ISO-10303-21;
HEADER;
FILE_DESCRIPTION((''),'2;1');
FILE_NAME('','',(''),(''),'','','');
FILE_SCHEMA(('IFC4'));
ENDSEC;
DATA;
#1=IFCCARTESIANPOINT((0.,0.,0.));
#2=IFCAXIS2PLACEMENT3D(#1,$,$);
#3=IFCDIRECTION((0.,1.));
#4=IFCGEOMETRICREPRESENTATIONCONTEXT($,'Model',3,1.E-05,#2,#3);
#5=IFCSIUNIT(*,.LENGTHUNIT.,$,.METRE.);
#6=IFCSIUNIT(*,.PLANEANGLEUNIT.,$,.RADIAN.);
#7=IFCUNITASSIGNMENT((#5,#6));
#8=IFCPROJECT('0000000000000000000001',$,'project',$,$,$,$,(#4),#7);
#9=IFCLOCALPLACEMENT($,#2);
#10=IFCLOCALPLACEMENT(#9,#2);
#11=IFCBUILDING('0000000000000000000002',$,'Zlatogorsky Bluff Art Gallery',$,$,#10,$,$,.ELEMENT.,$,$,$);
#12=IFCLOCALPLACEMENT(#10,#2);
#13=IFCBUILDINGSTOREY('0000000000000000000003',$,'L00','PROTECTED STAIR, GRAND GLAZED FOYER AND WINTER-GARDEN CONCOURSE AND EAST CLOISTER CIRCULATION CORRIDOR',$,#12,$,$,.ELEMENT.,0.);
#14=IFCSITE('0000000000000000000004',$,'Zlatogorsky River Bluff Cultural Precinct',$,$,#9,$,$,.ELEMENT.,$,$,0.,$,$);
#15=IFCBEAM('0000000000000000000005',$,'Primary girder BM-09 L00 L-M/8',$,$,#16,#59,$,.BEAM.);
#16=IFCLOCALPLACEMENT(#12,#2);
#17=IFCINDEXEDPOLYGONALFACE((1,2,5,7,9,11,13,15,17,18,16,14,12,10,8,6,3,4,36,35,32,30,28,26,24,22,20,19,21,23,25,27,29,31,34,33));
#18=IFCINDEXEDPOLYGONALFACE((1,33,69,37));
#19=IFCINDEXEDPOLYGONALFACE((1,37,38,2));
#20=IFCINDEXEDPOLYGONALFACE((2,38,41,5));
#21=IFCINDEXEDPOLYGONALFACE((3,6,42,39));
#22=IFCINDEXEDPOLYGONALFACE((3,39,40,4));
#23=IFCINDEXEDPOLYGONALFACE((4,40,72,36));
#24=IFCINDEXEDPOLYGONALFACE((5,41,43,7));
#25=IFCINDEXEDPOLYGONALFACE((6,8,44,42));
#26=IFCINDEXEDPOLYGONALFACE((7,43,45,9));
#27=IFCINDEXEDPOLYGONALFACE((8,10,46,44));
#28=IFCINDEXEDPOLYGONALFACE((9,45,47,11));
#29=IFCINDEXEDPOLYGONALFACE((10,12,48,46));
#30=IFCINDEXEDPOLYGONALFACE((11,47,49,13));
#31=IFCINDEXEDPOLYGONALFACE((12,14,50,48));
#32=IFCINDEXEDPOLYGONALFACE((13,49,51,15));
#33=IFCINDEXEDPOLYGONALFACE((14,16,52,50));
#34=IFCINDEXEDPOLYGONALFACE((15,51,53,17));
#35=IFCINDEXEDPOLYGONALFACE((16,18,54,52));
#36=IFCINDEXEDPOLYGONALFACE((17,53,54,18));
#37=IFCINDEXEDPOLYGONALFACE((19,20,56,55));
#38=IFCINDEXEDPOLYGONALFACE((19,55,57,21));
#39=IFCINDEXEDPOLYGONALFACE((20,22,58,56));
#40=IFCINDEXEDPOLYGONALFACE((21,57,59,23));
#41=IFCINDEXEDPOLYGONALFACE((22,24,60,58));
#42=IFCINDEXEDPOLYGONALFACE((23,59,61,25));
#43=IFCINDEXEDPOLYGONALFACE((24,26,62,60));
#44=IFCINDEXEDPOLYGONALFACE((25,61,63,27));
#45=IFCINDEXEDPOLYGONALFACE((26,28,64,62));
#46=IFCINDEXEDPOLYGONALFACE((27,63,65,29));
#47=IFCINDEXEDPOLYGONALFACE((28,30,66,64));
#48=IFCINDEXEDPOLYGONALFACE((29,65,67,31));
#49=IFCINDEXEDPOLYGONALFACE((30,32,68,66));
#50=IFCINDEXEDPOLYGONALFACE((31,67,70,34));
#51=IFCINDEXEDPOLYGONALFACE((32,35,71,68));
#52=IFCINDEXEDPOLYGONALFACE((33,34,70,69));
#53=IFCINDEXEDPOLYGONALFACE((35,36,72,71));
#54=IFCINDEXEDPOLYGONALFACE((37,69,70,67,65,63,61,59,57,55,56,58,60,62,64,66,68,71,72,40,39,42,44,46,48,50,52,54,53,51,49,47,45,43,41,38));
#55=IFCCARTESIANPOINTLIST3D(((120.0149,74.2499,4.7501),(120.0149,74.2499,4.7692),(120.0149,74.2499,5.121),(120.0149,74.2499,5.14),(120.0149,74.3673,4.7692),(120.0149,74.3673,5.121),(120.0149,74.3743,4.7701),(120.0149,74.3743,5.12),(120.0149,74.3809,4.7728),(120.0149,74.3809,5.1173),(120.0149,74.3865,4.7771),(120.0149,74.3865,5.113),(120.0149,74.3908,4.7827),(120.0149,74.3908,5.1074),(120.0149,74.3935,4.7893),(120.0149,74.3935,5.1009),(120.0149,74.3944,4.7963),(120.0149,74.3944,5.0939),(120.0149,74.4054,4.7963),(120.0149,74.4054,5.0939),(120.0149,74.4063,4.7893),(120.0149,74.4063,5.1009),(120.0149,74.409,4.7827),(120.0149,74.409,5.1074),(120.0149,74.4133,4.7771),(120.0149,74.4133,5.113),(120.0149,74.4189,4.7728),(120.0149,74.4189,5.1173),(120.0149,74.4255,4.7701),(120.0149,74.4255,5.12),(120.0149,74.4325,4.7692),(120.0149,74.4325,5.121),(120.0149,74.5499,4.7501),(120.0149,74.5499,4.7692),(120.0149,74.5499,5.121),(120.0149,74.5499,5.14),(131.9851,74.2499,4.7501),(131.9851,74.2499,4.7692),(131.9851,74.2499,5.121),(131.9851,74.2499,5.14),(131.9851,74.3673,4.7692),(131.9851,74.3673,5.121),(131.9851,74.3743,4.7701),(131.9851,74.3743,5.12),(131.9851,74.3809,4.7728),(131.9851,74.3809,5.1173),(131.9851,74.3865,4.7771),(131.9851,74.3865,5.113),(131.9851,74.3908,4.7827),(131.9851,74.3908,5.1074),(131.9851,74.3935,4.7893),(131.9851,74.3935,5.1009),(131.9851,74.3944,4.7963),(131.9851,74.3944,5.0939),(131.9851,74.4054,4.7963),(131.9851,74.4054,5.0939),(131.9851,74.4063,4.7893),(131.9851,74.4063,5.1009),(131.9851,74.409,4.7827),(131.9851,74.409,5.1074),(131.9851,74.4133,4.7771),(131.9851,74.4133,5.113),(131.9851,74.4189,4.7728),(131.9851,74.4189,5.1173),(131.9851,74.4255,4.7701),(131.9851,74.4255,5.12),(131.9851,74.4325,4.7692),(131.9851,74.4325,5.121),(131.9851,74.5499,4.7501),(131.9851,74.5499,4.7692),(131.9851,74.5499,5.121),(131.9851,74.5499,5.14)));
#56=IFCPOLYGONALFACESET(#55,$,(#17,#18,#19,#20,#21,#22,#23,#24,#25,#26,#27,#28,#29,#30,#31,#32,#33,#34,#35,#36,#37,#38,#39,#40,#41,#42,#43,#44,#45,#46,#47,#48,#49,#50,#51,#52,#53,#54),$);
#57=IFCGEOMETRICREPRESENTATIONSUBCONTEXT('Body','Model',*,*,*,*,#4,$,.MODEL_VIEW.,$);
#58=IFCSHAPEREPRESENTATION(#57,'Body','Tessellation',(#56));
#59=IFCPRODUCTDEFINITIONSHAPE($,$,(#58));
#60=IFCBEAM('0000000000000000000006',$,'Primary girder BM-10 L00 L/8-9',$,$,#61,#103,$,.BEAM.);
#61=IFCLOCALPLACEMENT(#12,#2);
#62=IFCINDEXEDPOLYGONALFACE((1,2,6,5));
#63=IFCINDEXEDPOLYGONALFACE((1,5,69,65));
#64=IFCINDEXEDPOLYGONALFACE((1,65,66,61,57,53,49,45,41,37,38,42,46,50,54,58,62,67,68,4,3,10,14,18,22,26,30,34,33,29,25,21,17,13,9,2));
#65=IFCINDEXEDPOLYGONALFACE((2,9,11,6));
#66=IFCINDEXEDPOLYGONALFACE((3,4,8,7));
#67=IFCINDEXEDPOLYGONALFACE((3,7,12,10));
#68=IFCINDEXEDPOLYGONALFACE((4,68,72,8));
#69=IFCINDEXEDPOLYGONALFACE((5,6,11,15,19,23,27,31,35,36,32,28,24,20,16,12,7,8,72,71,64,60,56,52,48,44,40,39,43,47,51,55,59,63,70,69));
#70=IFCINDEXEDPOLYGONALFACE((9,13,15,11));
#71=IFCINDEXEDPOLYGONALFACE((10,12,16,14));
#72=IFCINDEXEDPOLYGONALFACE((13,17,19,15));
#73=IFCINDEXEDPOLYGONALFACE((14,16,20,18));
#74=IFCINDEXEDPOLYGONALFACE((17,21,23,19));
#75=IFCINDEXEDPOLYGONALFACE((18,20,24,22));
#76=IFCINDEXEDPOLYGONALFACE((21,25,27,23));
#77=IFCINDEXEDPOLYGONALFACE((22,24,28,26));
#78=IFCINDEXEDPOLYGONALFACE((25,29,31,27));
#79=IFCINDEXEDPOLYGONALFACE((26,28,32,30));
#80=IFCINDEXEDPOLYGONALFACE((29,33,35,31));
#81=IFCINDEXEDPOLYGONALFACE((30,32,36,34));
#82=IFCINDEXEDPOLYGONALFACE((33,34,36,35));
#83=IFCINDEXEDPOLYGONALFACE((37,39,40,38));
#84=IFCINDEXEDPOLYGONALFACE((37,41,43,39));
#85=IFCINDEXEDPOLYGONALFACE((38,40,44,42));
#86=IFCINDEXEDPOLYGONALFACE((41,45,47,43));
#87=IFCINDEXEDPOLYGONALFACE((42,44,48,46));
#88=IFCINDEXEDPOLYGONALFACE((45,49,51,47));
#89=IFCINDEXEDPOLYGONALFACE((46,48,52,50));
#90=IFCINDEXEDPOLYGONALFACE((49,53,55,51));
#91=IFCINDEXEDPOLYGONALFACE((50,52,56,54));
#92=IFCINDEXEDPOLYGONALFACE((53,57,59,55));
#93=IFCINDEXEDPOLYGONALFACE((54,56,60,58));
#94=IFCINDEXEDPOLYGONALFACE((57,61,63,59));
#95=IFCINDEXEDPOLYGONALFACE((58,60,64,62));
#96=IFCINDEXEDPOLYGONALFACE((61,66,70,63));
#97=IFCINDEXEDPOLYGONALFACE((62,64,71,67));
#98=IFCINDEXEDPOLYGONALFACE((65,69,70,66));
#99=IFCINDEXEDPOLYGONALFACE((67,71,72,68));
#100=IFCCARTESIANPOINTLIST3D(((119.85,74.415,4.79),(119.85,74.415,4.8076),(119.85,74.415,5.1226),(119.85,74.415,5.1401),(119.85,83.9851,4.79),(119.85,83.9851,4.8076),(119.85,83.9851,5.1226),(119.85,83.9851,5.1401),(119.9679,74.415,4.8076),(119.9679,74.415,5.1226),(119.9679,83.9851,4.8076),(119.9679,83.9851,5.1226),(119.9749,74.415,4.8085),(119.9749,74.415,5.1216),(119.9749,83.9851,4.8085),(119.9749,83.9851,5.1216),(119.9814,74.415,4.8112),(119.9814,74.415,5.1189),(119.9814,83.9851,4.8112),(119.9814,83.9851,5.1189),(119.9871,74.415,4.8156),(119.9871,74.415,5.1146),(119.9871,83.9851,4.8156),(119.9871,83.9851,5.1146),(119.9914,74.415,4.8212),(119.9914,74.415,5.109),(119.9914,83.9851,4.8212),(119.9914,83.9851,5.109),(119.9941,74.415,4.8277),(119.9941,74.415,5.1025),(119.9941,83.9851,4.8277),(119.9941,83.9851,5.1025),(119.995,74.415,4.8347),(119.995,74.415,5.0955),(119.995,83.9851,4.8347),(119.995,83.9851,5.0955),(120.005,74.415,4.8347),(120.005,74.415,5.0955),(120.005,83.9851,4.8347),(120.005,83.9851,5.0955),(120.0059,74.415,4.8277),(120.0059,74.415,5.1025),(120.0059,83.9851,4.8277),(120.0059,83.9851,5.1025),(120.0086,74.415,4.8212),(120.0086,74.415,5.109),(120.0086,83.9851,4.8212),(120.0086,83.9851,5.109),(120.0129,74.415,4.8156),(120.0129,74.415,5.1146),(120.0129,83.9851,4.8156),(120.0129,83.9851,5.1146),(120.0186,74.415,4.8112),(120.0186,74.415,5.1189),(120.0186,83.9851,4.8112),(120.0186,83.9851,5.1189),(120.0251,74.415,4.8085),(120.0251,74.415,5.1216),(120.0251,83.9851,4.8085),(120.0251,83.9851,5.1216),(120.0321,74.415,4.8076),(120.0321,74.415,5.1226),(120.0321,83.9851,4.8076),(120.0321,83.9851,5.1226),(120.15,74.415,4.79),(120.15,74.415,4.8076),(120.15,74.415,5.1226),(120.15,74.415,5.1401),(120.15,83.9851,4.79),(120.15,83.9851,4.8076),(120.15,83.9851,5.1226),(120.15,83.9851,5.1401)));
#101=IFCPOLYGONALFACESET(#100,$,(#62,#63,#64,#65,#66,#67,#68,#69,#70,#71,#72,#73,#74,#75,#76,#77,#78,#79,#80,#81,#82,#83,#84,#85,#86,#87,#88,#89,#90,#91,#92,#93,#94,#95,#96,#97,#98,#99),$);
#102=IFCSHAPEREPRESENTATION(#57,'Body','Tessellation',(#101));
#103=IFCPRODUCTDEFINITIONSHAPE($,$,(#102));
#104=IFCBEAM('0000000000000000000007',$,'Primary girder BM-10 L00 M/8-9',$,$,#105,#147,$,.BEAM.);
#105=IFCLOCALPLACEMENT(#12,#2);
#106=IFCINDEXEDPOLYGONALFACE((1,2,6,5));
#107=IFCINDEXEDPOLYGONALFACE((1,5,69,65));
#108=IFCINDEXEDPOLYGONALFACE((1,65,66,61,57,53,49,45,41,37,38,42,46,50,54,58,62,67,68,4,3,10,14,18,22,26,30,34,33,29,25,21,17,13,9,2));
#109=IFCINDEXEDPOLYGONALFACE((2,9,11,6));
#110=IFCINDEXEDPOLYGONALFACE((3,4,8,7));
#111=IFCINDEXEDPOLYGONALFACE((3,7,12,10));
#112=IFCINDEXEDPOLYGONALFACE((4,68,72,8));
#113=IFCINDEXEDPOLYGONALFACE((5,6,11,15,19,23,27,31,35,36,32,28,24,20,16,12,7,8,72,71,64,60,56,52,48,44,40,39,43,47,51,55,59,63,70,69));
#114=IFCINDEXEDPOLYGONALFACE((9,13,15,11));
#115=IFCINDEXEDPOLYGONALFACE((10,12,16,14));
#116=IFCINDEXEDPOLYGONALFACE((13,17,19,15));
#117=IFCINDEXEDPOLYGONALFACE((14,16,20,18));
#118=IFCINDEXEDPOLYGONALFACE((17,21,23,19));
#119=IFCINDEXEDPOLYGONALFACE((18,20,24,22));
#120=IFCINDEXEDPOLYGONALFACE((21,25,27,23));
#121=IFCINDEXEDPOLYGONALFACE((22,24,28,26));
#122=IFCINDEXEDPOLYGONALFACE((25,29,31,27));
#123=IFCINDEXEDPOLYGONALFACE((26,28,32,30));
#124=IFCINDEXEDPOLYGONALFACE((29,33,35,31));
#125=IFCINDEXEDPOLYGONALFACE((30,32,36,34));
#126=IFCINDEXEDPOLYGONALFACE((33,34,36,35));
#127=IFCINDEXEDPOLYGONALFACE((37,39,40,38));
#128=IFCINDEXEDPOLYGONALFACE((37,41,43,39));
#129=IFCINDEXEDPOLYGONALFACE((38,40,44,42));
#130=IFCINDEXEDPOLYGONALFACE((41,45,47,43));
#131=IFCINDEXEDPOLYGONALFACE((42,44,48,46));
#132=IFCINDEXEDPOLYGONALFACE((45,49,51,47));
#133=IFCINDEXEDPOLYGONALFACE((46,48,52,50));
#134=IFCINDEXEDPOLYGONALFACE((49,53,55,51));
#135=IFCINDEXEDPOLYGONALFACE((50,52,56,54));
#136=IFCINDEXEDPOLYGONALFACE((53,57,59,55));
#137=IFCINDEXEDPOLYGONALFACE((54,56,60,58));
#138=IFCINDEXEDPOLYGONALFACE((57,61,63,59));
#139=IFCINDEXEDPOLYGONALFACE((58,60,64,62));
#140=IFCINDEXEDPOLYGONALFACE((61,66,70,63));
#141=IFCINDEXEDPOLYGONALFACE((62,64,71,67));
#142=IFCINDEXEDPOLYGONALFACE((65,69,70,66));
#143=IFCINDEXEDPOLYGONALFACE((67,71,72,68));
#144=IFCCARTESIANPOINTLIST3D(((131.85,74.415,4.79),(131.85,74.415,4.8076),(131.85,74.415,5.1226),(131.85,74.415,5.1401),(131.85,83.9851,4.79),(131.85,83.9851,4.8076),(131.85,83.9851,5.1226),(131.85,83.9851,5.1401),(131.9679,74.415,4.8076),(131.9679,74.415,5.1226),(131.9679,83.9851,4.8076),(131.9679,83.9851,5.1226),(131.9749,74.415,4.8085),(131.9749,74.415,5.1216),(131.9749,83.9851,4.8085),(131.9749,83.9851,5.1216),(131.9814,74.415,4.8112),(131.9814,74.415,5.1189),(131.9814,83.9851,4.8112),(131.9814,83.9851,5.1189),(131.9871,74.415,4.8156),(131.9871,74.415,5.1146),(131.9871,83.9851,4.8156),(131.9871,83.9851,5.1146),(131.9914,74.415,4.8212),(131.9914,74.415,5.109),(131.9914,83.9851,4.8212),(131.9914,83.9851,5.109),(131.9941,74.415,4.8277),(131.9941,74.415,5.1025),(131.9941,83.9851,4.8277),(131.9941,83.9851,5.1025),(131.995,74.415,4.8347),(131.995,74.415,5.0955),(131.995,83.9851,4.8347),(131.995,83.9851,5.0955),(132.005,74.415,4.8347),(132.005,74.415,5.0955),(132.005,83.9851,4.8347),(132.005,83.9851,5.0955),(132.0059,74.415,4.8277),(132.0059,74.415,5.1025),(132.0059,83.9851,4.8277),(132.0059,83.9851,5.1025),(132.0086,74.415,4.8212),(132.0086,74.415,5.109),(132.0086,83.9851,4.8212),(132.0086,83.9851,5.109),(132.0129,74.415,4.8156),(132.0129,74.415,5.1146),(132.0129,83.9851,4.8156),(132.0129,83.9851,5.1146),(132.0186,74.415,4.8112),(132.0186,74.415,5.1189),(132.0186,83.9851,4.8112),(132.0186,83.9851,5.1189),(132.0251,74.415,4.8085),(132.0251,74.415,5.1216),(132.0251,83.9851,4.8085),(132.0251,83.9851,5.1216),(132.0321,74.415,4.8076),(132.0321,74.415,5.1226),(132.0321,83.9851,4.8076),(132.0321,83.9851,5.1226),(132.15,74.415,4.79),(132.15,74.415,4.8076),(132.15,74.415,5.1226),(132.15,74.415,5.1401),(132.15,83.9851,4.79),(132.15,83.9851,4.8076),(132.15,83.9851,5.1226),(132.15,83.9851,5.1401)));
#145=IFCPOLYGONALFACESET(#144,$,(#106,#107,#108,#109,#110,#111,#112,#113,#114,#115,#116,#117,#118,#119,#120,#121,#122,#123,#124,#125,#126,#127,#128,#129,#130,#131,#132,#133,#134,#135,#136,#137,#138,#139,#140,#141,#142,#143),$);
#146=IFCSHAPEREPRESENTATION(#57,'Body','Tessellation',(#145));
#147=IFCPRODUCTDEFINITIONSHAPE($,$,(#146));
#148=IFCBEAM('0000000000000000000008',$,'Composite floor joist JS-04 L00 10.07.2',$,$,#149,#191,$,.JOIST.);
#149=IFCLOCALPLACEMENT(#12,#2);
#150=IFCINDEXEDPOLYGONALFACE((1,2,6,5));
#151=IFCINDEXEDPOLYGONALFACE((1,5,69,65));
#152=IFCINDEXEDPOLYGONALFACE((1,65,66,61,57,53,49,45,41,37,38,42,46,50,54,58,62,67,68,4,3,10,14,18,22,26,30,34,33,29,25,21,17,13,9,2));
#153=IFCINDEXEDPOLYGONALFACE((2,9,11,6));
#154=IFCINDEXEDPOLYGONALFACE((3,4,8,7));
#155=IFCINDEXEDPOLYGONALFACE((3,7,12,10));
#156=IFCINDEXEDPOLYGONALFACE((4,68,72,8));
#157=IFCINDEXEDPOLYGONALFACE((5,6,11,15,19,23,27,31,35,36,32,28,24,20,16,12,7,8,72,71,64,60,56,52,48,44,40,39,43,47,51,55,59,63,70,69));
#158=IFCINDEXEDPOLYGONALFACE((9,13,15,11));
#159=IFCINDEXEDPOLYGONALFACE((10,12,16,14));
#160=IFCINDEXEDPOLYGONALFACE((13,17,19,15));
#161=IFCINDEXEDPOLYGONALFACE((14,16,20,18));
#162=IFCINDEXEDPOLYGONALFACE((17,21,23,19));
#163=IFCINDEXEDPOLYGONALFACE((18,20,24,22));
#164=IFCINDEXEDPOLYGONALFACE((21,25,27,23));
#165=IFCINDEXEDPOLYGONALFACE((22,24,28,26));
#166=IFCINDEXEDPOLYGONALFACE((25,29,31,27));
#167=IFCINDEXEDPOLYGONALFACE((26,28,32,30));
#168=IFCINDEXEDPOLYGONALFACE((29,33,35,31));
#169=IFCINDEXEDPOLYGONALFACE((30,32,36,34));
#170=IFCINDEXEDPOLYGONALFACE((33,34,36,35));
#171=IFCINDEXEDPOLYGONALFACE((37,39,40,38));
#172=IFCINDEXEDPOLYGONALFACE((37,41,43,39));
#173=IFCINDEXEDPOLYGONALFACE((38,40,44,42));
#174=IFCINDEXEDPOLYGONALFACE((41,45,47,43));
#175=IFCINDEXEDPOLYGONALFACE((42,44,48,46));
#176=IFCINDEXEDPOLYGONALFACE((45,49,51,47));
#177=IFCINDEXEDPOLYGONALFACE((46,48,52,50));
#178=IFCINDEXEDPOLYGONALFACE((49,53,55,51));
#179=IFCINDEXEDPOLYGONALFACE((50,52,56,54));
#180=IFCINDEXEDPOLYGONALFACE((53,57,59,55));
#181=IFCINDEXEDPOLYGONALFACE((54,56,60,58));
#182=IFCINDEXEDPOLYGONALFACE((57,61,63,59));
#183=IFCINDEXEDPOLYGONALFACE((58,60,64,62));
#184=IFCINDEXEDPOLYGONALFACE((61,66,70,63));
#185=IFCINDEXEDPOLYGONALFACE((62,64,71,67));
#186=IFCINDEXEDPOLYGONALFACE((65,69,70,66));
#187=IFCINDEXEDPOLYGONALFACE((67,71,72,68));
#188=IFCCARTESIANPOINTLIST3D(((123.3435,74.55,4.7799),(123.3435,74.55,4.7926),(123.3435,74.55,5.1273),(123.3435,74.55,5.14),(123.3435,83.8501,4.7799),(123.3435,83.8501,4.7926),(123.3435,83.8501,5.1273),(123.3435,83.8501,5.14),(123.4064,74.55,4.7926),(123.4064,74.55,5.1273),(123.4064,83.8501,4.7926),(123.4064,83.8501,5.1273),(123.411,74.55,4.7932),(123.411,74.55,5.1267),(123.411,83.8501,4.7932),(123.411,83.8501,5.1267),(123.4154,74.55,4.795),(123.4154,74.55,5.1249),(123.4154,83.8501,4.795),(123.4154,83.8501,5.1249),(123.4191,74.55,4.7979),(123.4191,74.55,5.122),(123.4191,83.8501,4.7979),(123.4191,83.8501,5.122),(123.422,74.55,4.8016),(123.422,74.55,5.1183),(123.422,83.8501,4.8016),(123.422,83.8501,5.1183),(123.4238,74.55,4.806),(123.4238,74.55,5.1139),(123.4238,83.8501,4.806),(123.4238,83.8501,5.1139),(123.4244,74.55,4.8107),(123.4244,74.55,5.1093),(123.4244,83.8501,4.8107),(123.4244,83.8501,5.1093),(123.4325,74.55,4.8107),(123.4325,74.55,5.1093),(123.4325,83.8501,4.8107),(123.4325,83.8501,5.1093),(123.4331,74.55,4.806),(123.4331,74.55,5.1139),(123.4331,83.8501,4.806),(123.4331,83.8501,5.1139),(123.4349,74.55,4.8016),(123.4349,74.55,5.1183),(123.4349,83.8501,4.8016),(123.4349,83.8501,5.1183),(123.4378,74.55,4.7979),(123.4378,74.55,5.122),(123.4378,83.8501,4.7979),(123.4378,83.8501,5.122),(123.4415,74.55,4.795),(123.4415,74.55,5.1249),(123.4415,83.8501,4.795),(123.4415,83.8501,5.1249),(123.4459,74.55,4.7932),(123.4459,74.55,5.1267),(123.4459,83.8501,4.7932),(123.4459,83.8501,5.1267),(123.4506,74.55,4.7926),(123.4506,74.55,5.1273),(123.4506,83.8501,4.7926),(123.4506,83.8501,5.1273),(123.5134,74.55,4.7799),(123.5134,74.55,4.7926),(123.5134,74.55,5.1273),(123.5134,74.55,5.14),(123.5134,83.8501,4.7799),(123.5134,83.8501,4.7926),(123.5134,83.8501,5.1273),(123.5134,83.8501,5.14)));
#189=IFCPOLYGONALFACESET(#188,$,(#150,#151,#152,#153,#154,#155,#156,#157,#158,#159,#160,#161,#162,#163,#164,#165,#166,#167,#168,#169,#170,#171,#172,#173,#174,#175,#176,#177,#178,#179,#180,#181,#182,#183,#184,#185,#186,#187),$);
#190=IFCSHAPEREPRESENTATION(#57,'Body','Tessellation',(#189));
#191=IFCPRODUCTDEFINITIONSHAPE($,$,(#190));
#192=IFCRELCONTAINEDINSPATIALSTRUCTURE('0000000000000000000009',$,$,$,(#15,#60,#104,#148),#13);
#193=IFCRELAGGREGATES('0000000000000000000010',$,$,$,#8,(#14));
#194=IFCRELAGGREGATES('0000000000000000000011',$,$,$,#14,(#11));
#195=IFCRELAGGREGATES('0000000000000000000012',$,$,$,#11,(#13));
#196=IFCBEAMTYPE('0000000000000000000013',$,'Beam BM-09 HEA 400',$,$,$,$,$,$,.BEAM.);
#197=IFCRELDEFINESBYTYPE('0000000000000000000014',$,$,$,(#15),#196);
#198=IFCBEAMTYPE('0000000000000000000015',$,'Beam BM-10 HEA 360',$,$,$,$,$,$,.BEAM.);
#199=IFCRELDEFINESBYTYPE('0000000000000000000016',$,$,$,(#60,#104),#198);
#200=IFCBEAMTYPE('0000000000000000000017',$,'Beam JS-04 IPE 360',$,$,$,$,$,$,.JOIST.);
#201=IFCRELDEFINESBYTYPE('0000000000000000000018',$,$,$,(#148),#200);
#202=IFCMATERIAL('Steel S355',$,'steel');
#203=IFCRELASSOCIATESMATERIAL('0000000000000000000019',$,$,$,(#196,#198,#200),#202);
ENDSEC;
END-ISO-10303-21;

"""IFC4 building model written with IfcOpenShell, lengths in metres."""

from ifc_helpers import new_model, si_unit, direction, frame, origin, origin_2d, place, context, subcontext, project, spatial, i_section, extrude, material, material_profile, profile_set, type_object, element, save


model = new_model("IFC4")

# Units and contexts
model_context = context("Model", 3, precision=1e-05, world=origin(), true_north=direction((0.0, 1.0)))
body_context = subcontext(model_context, "Body", "Model", "MODEL_VIEW")
ifc_project = project(units=[si_unit("LENGTHUNIT", "METRE"), si_unit("PLANEANGLEUNIT", "RADIAN")], contexts=[model_context])

# Site, building, storey
site_placement = place(None, origin())
site = spatial("IfcSite", under=ifc_project, at=site_placement, Name="Zlatogorsky River Bluff Cultural Precinct", CompositionType="ELEMENT", RefElevation=0.0)
building_placement = place(site_placement, origin())
building = spatial("IfcBuilding", under=site, at=building_placement, Name="Zlatogorsky Bluff Art Gallery", CompositionType="ELEMENT")
storey_placement = place(building_placement, origin())
storey = spatial("IfcBuildingStorey", under=building, at=storey_placement, Name="L00", Description="PROTECTED STAIR, GRAND GLAZED FOYER AND WINTER-GARDEN CONCOURSE AND EAST CLOISTER CIRCULATION CORRIDOR", CompositionType="ELEMENT", Elevation=0.0)

# Shared definitions
ifc_material_1 = material(Name="Steel S355", Category="steel")

# Beams
ifc_material_profile_1 = material_profile(ifc_material_1, i_section(OverallWidth=0.3, OverallDepth=0.3899, WebThickness=0.011, FlangeThickness=0.019, FilletRadius=0.0271, at=origin_2d()), Name="HEA 400")
ifc_profile_set_1 = profile_set([ifc_material_profile_1], Name="Steel S355")
beam_type_1 = type_object("IfcBeamType", Name="Beam BM-09 HEA 400", PredefinedType="BEAM", material=ifc_profile_set_1)
beam_placement = place(storey_placement, frame((120.0149, 74.3999, 4.9451), z_axis=(1.0, 0.0, 0.0), x_axis=(0.0, 1.0, 0.0)))
element("IfcBeam", 1, at=beam_placement, inside=storey, type_object=beam_type_1, Name="Primary girder BM-09 L00 L-M/8", PredefinedType="BEAM", context=body_context, shape_type="SweptSolid", body=[
    extrude(i_section(OverallWidth=0.3, OverallDepth=0.3899, WebThickness=0.011, FlangeThickness=0.019, FilletRadius=0.0271, at=origin_2d()), origin(), (0.0, 0.0, 1.0), 11.9702),
])
ifc_material_profile_2 = material_profile(ifc_material_1, i_section(OverallWidth=0.3, OverallDepth=0.3501, WebThickness=0.01, FlangeThickness=0.0176, FilletRadius=0.0271, at=origin_2d()), Name="HEA 360")
ifc_profile_set_2 = profile_set([ifc_material_profile_2], Name="Steel S355")
beam_type_2 = type_object("IfcBeamType", Name="Beam BM-10 HEA 360", PredefinedType="BEAM", material=ifc_profile_set_2)
for number, where, z_axis, x_axis, name in (
    (2, (120.0, 74.415, 4.9651), (0.0, 1.0, 0.0), (-1.0, 0.0, 0.0), "Primary girder BM-10 L00 L/8-9"),
    (3, (132.0, 74.415, 4.9651), (0.0, 1.0, 0.0), (-1.0, 0.0, 0.0), "Primary girder BM-10 L00 M/8-9"),
):
    element("IfcBeam", number, at=place(storey_placement, frame(where, z_axis=z_axis, x_axis=x_axis)), inside=storey, type_object=beam_type_2, Name=name, PredefinedType="BEAM", context=body_context, shape_type="SweptSolid", body=[
        extrude(i_section(OverallWidth=0.3, OverallDepth=0.3501, WebThickness=0.01, FlangeThickness=0.0176, FilletRadius=0.0271, at=origin_2d()), origin(), (0.0, 0.0, 1.0), 9.5701),
    ])
ifc_material_profile_3 = material_profile(ifc_material_1, i_section(OverallWidth=0.1699, OverallDepth=0.3601, WebThickness=0.0081, FlangeThickness=0.0127, FilletRadius=0.0181, at=origin_2d()), Name="IPE 360")
ifc_profile_set_3 = profile_set([ifc_material_profile_3], Name="Steel S355")
beam_type_3 = type_object("IfcBeamType", Name="Beam JS-04 IPE 360", PredefinedType="JOIST", material=ifc_profile_set_3)
for number, where, z_axis, x_axis, name in (
    (4, (123.4285, 74.55, 4.96), (0.0, 1.0, 0.0), (-1.0, 0.0, 0.0), "Composite floor joist JS-04 L00 10.07.2"),
):
    element("IfcBeam", number, at=place(storey_placement, frame(where, z_axis=z_axis, x_axis=x_axis)), inside=storey, type_object=beam_type_3, Name=name, PredefinedType="JOIST", context=body_context, shape_type="SweptSolid", body=[
        extrude(i_section(OverallWidth=0.1699, OverallDepth=0.3601, WebThickness=0.0081, FlangeThickness=0.0127, FilletRadius=0.0181, at=origin_2d()), origin(), (0.0, 0.0, 1.0), 9.3),
    ])

save(model, "model.ifc")
